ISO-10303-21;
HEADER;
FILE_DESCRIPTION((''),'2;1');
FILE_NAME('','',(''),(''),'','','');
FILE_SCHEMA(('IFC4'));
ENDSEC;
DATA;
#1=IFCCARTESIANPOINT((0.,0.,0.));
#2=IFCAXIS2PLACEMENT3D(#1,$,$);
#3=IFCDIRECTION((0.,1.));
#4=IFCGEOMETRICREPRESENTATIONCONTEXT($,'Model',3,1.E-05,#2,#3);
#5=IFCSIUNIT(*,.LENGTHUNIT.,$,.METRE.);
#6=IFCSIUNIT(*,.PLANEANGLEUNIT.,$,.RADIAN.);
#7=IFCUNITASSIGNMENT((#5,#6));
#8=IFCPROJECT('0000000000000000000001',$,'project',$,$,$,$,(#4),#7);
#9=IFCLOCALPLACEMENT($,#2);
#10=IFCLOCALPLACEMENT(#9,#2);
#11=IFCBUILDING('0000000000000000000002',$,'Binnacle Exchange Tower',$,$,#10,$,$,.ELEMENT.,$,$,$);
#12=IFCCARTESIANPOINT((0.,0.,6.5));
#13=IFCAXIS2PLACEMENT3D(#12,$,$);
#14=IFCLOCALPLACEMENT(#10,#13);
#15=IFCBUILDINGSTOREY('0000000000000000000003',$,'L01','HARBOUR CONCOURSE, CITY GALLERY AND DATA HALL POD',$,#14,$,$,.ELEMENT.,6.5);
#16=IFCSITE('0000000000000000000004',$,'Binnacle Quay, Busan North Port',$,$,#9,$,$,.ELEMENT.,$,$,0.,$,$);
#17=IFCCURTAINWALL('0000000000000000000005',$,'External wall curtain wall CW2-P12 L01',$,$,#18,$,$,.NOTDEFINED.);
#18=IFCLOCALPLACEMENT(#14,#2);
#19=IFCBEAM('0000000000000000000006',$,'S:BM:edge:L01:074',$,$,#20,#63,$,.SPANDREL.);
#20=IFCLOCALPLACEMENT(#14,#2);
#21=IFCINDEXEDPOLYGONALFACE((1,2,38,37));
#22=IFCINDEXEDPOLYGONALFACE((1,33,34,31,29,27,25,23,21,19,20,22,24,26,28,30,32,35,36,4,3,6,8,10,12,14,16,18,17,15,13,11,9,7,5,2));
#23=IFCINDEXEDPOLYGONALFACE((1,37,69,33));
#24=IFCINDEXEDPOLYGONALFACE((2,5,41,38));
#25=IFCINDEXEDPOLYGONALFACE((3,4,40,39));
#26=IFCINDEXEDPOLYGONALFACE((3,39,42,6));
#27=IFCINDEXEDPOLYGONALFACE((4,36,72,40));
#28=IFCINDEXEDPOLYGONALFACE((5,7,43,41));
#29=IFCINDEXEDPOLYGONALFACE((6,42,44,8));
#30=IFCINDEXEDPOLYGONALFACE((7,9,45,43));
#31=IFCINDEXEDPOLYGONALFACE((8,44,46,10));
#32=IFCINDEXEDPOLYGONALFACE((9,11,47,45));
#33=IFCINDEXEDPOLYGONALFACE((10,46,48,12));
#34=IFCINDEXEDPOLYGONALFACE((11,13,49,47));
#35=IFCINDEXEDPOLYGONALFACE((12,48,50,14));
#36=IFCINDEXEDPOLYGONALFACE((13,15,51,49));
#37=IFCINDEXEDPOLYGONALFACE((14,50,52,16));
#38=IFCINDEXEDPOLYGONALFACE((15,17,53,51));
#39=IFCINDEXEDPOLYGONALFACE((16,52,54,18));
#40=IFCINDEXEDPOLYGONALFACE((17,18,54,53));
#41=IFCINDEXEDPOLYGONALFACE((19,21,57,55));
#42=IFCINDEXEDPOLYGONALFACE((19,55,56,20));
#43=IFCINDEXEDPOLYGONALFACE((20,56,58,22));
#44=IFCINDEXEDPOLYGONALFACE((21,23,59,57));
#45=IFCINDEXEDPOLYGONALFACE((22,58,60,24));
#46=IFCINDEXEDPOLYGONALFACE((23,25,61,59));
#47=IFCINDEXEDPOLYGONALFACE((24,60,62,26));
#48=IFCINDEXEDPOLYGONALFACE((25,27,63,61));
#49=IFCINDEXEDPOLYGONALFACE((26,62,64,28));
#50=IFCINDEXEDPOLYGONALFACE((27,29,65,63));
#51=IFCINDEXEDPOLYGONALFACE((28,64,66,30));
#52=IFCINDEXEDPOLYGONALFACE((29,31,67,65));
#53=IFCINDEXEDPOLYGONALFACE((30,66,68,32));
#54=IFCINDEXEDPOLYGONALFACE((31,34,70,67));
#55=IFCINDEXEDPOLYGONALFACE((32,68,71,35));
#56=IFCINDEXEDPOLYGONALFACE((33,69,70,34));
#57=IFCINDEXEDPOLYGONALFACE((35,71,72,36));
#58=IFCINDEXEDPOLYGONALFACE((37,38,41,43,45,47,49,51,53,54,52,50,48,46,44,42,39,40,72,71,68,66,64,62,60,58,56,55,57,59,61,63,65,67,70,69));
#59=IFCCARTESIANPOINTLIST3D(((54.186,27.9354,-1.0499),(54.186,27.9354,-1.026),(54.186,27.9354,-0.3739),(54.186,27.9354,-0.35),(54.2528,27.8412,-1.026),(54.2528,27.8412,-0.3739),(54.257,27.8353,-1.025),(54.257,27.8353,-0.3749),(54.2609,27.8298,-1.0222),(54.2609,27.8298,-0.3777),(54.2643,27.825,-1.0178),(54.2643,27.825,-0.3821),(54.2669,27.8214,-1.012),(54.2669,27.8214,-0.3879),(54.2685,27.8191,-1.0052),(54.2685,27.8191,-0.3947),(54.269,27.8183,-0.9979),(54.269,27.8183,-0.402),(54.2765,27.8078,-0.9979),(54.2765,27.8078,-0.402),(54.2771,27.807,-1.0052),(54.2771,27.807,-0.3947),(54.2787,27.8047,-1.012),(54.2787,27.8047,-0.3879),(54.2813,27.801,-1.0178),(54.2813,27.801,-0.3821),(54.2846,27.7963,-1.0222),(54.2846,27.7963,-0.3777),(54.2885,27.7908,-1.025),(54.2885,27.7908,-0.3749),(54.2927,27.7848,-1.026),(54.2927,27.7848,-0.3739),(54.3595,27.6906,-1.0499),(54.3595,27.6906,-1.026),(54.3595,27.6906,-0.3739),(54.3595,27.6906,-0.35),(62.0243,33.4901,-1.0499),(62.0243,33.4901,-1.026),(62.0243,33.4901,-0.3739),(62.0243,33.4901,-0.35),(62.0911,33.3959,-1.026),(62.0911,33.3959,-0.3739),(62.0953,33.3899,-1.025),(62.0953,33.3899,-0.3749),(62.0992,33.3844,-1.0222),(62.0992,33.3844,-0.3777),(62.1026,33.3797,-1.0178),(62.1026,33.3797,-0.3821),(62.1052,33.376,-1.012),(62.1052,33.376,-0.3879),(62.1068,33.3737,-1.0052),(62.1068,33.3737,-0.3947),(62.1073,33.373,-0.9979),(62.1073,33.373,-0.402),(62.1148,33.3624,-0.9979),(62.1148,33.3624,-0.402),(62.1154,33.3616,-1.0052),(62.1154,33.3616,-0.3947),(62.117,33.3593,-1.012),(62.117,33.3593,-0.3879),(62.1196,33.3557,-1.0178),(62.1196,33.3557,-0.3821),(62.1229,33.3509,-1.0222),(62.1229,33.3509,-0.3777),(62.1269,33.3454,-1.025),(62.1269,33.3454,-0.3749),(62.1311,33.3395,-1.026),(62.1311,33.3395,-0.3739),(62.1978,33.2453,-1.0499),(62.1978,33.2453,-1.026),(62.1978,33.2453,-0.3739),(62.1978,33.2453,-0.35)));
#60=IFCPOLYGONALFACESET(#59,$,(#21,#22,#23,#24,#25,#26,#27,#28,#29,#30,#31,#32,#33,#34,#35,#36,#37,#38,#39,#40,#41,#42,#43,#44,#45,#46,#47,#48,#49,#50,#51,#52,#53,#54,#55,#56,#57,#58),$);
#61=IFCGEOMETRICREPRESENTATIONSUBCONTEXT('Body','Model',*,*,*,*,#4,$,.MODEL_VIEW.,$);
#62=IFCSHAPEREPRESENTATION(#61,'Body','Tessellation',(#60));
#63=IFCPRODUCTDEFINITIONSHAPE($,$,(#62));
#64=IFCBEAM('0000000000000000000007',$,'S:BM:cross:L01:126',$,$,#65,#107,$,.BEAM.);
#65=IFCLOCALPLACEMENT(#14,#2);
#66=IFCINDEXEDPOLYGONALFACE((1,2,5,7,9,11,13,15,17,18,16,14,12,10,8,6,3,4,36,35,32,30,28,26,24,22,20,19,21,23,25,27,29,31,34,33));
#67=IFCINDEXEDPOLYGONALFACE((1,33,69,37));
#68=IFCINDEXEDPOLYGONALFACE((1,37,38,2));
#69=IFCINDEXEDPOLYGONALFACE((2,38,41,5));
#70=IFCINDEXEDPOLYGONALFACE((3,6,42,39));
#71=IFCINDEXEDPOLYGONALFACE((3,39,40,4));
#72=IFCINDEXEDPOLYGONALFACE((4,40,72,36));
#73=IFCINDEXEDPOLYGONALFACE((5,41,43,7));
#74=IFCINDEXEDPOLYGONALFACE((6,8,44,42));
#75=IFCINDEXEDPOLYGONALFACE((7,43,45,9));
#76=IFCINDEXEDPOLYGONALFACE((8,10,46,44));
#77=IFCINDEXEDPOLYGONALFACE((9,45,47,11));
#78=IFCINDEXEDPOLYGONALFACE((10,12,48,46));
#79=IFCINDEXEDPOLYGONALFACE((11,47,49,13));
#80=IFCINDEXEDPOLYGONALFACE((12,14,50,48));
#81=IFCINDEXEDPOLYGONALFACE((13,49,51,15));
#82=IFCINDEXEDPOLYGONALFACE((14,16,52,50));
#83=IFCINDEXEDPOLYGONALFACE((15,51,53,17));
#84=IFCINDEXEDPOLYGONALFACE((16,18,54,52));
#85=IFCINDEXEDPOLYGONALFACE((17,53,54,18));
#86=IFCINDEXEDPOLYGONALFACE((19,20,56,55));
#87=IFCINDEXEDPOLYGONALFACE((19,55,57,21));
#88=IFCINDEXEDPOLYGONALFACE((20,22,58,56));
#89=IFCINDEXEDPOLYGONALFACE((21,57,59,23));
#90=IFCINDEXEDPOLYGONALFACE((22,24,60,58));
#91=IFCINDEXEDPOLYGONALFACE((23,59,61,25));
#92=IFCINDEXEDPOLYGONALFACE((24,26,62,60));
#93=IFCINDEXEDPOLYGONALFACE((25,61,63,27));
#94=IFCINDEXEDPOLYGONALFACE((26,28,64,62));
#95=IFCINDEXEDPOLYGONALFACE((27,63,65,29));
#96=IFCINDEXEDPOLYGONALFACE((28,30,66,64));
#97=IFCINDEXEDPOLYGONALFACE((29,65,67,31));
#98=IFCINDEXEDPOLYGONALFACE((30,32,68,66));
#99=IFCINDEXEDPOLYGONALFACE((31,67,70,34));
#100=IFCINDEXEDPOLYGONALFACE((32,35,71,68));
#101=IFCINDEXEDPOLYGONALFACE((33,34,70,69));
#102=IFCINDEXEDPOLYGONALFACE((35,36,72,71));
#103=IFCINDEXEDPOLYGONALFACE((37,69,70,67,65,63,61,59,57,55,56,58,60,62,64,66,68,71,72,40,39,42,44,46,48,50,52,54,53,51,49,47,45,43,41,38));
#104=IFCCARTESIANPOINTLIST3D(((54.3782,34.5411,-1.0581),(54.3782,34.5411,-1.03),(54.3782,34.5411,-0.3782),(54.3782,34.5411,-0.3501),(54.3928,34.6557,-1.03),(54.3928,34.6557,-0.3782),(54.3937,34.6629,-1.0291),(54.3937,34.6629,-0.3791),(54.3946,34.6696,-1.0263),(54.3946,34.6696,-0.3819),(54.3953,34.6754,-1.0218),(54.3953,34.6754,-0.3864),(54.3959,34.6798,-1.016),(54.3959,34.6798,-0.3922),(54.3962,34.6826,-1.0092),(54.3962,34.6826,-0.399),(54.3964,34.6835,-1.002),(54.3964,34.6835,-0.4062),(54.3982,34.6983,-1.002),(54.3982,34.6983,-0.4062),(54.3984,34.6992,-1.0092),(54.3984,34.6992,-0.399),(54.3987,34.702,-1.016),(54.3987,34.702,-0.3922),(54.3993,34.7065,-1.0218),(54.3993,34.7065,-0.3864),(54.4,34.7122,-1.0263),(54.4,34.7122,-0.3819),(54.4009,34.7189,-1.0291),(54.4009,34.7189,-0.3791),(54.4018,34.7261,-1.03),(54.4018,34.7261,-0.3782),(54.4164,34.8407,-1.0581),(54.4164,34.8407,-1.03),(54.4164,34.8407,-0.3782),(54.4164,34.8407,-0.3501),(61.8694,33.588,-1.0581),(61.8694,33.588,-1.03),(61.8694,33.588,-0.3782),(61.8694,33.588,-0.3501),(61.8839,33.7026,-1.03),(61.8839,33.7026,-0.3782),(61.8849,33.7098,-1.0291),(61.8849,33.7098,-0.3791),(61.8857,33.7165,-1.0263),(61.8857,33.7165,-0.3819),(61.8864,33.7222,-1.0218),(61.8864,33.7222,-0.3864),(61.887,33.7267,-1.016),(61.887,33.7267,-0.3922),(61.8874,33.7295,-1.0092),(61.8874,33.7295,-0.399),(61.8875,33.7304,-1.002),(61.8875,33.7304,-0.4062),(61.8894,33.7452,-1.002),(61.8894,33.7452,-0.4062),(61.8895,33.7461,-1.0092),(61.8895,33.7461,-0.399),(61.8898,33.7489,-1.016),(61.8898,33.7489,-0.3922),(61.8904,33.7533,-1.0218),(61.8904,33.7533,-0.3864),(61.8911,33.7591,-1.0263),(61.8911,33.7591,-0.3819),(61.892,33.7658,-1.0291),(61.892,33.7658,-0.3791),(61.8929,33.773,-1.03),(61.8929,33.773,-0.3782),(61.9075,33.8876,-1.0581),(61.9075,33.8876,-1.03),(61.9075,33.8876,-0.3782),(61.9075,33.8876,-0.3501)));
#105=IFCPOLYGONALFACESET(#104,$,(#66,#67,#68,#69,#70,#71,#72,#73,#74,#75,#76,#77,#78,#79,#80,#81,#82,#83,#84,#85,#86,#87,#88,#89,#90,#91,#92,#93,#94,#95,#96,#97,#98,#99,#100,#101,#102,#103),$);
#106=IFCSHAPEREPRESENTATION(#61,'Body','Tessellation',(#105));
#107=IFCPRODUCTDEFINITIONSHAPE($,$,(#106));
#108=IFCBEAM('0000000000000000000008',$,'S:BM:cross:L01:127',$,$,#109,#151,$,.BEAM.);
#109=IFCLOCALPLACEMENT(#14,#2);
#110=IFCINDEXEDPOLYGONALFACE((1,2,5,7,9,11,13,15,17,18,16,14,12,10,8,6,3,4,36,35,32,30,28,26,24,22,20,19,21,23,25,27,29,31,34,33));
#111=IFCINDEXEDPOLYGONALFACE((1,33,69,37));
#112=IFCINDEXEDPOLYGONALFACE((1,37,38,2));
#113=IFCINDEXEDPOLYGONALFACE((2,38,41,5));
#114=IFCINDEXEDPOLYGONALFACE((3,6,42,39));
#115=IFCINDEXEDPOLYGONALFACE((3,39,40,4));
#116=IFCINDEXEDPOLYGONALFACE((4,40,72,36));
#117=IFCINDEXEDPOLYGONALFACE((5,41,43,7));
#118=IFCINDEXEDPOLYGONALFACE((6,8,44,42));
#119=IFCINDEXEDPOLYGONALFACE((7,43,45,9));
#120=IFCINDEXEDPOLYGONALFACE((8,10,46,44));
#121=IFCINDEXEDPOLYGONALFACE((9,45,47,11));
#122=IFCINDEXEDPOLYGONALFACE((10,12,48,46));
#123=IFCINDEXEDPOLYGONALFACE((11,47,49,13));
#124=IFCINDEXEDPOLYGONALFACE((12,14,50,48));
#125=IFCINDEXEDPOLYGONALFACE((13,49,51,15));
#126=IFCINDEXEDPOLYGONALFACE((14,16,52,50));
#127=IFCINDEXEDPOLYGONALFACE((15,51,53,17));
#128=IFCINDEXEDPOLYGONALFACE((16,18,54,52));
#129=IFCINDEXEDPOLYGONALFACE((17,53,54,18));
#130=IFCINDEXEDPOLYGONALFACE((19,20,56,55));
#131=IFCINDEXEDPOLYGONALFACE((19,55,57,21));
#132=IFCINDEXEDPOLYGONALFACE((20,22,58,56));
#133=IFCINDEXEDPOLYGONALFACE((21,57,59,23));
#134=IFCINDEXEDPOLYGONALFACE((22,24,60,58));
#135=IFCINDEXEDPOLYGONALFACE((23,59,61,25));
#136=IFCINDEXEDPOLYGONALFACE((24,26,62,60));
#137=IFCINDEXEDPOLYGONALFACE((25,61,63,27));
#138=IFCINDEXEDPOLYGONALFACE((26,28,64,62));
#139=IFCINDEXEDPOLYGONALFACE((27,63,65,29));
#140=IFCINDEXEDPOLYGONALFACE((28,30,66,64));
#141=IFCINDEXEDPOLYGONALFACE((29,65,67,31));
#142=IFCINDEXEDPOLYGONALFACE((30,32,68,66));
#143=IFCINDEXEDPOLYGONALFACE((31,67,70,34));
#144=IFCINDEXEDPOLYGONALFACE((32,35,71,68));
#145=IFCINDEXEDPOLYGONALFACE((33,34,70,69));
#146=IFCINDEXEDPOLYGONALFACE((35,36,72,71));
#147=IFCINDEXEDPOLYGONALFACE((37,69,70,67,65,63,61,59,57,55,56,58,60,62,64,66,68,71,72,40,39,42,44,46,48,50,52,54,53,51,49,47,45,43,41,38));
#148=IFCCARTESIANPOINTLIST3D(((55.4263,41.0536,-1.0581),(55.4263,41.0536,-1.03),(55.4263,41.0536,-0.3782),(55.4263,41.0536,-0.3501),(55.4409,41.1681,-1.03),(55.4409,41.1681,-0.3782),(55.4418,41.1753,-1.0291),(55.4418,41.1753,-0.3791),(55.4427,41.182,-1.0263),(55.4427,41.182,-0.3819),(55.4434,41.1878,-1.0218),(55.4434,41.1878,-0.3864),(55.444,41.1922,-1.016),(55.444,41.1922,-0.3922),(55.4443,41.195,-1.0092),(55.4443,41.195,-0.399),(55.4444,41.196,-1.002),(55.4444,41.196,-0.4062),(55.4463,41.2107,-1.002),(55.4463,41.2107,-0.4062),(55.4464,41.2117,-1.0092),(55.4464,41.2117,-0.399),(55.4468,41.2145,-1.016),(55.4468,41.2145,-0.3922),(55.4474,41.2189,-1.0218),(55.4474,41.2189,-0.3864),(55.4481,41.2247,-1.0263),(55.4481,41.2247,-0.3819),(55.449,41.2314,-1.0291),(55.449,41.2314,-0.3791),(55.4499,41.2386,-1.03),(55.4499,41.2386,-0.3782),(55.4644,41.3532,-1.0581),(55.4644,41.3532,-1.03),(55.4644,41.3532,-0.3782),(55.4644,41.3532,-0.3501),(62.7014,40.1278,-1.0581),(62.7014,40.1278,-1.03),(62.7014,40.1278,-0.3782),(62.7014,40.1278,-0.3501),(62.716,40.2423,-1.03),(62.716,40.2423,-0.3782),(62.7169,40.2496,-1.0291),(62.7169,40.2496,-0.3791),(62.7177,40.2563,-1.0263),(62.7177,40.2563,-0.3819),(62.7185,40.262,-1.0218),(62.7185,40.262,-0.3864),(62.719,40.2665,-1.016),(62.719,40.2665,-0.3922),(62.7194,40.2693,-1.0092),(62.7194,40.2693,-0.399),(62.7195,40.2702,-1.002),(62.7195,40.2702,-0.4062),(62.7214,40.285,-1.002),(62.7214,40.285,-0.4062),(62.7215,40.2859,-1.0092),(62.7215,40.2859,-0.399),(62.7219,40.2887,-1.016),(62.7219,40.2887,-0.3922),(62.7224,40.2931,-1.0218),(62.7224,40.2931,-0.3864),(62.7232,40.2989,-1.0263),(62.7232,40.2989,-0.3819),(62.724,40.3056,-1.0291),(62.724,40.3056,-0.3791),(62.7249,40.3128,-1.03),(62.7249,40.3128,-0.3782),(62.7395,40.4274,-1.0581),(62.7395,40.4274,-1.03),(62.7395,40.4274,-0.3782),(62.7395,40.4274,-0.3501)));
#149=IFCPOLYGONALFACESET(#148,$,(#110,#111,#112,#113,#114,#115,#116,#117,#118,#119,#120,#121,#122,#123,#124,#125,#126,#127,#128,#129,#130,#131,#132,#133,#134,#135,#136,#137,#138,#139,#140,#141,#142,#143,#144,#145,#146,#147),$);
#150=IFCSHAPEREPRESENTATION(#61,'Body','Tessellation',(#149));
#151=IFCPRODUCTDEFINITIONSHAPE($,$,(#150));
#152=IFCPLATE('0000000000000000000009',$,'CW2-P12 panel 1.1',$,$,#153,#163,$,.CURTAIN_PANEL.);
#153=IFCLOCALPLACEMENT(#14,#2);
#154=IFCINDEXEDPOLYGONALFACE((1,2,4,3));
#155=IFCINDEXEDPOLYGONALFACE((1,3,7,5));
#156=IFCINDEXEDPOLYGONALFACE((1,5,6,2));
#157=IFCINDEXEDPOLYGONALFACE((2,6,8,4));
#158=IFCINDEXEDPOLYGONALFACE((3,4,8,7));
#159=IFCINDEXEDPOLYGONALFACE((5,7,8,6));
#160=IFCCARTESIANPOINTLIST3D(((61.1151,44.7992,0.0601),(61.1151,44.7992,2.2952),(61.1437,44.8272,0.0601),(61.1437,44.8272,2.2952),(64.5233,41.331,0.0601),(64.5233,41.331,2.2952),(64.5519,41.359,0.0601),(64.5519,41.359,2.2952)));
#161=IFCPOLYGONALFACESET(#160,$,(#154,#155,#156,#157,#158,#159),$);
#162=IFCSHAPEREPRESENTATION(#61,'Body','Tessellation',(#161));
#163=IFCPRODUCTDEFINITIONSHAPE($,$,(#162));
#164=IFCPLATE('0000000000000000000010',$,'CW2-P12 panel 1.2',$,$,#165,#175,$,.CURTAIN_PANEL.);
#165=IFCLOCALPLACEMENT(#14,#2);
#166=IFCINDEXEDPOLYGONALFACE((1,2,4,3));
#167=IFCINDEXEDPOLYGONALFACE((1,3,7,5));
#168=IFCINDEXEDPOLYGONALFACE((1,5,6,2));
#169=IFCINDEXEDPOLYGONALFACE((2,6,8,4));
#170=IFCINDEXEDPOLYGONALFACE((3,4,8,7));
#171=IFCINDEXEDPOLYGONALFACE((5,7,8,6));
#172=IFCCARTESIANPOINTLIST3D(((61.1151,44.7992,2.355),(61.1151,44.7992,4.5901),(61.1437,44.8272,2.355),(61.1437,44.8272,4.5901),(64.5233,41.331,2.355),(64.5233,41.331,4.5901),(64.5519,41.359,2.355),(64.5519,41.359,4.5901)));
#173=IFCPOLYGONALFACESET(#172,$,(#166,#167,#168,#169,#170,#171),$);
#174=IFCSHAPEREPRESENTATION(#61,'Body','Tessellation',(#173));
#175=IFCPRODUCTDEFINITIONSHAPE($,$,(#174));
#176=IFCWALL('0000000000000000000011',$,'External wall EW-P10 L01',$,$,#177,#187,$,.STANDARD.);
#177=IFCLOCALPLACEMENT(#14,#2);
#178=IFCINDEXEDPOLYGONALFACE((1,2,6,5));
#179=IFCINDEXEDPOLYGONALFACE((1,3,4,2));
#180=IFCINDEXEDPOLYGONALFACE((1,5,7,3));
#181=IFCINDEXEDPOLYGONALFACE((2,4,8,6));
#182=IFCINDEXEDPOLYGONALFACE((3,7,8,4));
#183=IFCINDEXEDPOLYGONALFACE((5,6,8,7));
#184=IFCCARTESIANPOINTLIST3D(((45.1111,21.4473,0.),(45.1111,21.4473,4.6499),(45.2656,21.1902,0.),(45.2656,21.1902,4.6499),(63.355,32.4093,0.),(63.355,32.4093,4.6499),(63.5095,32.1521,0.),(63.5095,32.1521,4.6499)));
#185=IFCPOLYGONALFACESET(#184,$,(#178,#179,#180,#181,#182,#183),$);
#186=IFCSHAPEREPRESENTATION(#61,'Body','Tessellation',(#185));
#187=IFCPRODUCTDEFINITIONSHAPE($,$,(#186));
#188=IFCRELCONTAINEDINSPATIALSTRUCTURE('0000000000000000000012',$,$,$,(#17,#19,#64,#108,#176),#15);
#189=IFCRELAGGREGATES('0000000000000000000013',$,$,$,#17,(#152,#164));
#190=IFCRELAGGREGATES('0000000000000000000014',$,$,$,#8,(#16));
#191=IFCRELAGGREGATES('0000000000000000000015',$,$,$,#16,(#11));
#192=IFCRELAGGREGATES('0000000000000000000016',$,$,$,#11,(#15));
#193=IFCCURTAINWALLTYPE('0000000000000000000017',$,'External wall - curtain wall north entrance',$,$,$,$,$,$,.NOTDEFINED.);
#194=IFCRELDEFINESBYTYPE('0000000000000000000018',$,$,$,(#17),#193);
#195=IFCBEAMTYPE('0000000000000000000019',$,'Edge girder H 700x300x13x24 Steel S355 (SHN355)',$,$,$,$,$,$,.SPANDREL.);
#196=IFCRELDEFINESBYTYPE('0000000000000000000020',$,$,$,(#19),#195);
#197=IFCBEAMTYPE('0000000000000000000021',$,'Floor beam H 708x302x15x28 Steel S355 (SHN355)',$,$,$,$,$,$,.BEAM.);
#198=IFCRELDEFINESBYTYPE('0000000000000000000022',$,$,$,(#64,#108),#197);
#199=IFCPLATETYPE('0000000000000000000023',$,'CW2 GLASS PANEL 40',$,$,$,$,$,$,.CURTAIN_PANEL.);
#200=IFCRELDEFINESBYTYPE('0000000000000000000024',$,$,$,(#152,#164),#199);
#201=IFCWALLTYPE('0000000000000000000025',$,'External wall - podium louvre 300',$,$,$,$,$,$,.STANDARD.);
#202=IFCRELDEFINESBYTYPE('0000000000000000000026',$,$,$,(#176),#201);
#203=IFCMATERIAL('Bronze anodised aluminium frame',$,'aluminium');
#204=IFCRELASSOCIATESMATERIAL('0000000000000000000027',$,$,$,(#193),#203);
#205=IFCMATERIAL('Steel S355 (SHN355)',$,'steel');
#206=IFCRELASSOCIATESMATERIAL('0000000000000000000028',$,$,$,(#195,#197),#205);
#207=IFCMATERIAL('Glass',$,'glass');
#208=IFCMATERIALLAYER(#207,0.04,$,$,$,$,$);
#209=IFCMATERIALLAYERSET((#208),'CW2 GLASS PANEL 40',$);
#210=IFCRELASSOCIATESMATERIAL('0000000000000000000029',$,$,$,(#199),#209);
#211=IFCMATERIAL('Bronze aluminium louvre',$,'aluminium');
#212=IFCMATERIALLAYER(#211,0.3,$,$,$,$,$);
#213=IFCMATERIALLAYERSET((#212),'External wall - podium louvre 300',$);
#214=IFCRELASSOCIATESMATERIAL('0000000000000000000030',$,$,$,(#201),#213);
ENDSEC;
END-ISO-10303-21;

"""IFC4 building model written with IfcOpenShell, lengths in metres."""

from ifc_helpers import new_model, si_unit, direction, frame, frame_2d, origin, origin_2d, place, context, subcontext, project, spatial, rectangle, i_section, extrude, material, layer, layer_set, material_profile, profile_set, type_object, element, aggregate, save


model = new_model("IFC4")

# Units and contexts
model_context = context("Model", 3, precision=1e-05, world=origin(), true_north=direction((0.0, 1.0)))
body_context = subcontext(model_context, "Body", "Model", "MODEL_VIEW")
ifc_project = project(units=[si_unit("LENGTHUNIT", "METRE"), si_unit("PLANEANGLEUNIT", "RADIAN")], contexts=[model_context])

# Site, building, storey
site_placement = place(None, origin())
site = spatial("IfcSite", under=ifc_project, at=site_placement, Name="Binnacle Quay, Busan North Port", CompositionType="ELEMENT", RefElevation=0.0)
building_placement = place(site_placement, origin())
building = spatial("IfcBuilding", under=site, at=building_placement, Name="Binnacle Exchange Tower", CompositionType="ELEMENT")
storey_placement = place(building_placement, frame((0.0, 0.0, 6.5)))
storey = spatial("IfcBuildingStorey", under=building, at=storey_placement, Name="L01", Description="HARBOUR CONCOURSE, CITY GALLERY AND DATA HALL POD", CompositionType="ELEMENT", Elevation=6.5)

# Curtain wall
ifc_material_1 = material(Name="Bronze anodised aluminium frame", Category="aluminium")
curtain_wall_type = type_object("IfcCurtainWallType", Name="External wall - curtain wall north entrance", PredefinedType="NOTDEFINED", material=ifc_material_1)
curtain_wall_placement = place(storey_placement, origin())
curtain_wall = element("IfcCurtainWall", 1, at=curtain_wall_placement, inside=storey, type_object=curtain_wall_type, Name="External wall curtain wall CW2-P12 L01", PredefinedType="NOTDEFINED")

# Beams
ifc_material_2 = material(Name="Steel S355 (SHN355)", Category="steel")
ifc_material_profile_1 = material_profile(ifc_material_2, i_section(OverallWidth=0.3, OverallDepth=0.7, WebThickness=0.0129, FlangeThickness=0.0239, FilletRadius=0.0281, at=origin_2d()), Name="H 700x300x13x24")
ifc_profile_set_1 = profile_set([ifc_material_profile_1], Name="Steel S355 (SHN355)")
beam_type_1 = type_object("IfcBeamType", Name="Edge girder H 700x300x13x24 Steel S355 (SHN355)", PredefinedType="SPANDREL", material=ifc_profile_set_1)
beam_1_placement = place(storey_placement, frame((62.1111, 33.3677, -0.7), z_axis=(-0.815902, -0.578191, 0.0), x_axis=(0.578191, -0.815902, 0.0)))
element("IfcBeam", 2, at=beam_1_placement, inside=storey, type_object=beam_type_1, Name="S:BM:edge:L01:074", PredefinedType="SPANDREL", context=body_context, shape_type="SweptSolid", body=[
    extrude(i_section(OverallWidth=0.3, OverallDepth=0.7, WebThickness=0.0129, FlangeThickness=0.0239, FilletRadius=0.0281, at=origin_2d()), origin(), (0.0, 0.0, 1.0), 9.6069),
])
ifc_material_profile_2 = material_profile(ifc_material_2, i_section(OverallWidth=0.302, OverallDepth=0.708, WebThickness=0.0149, FlangeThickness=0.0281, FilletRadius=0.0281, at=origin_2d()), Name="H 708x302x15x28")
ifc_profile_set_2 = profile_set([ifc_material_profile_2], Name="Steel S355 (SHN355)")
beam_type_2 = type_object("IfcBeamType", Name="Floor beam H 708x302x15x28 Steel S355 (SHN355)", PredefinedType="BEAM", material=ifc_profile_set_2)
beam_2_placement = place(storey_placement, frame((61.8884, 33.7378, -0.7041), z_axis=(-0.992003, 0.126215, 0.0), x_axis=(-0.126215, -0.992003, 0.0)))
element("IfcBeam", 3, at=beam_2_placement, inside=storey, type_object=beam_type_2, Name="S:BM:cross:L01:126", PredefinedType="BEAM", context=body_context, shape_type="SweptSolid", body=[
    extrude(i_section(OverallWidth=0.302, OverallDepth=0.708, WebThickness=0.0149, FlangeThickness=0.0281, FilletRadius=0.0281, at=origin_2d()), origin(), (0.0, 0.0, 1.0), 7.5515),
])
beam_3_placement = place(storey_placement, frame((62.7205, 40.2776, -0.7041), z_axis=(-0.992, 0.126235, 0.0), x_axis=(-0.126235, -0.992, 0.0)))
element("IfcBeam", 4, at=beam_3_placement, inside=storey, type_object=beam_type_2, Name="S:BM:cross:L01:127", PredefinedType="BEAM", context=body_context, shape_type="SweptSolid", body=[
    extrude(i_section(OverallWidth=0.302, OverallDepth=0.708, WebThickness=0.0149, FlangeThickness=0.0281, FilletRadius=0.0281, at=origin_2d()), origin(), (0.0, 0.0, 1.0), 7.3337),
])

# Plates
ifc_material_3 = material(Name="Glass", Category="glass")
ifc_layer_1 = layer(ifc_material_3, 0.04)
ifc_layer_set_1 = layer_set([ifc_layer_1], Name="CW2 GLASS PANEL 40")
plate_type = type_object("IfcPlateType", Name="CW2 GLASS PANEL 40", PredefinedType="CURTAIN_PANEL", material=ifc_layer_set_1)
plate_1_placement = place(storey_placement, frame((62.8335, 43.0791, 0.0601), z_axis=(0.0, 0.0, 1.0), x_axis=(-0.700909, 0.71325, 0.0)))
plate_1 = element("IfcPlate", 5, at=plate_1_placement, type_object=plate_type, Name="CW2-P12 panel 1.1", PredefinedType="CURTAIN_PANEL", context=body_context, shape_type="SweptSolid", body=[
    extrude(rectangle(XDim=4.8625, YDim=0.04, at=origin_2d()), origin(), (0.0, 0.0, 1.0), 2.2351),
])
plate_2_placement = place(storey_placement, frame((62.8335, 43.0791, 2.355), z_axis=(0.0, 0.0, 1.0), x_axis=(-0.700909, 0.71325, 0.0)))
plate_2 = element("IfcPlate", 6, at=plate_2_placement, type_object=plate_type, Name="CW2-P12 panel 1.2", PredefinedType="CURTAIN_PANEL", context=body_context, shape_type="SweptSolid", body=[
    extrude(rectangle(XDim=4.8625, YDim=0.04, at=origin_2d()), origin(), (0.0, 0.0, 1.0), 2.2351),
])
aggregate(curtain_wall, [plate_1, plate_2])

# Wall
ifc_material_4 = material(Name="Bronze aluminium louvre", Category="aluminium")
ifc_layer_2 = layer(ifc_material_4, 0.3)
ifc_layer_set_2 = layer_set([ifc_layer_2], Name="External wall - podium louvre 300")
wall_type_1 = type_object("IfcWallType", Name="External wall - podium louvre 300", PredefinedType="STANDARD", material=ifc_layer_set_2)
wall_1_placement = place(storey_placement, frame((63.4324, 32.2808, 0.0), z_axis=(0.0, 0.0, 1.0), x_axis=(-0.85717, -0.515034, 0.0)))
element("IfcWall", 7, at=wall_1_placement, inside=storey, type_object=wall_type_1, Name="External wall EW-P10 L01", PredefinedType="STANDARD", context=body_context, shape_type="SweptSolid", body=[
    extrude(rectangle(XDim=21.2839, YDim=0.3, at=frame_2d((10.6421, 0.0))), origin(), (0.0, 0.0, 1.0), 4.6499),
])

save(model, "model.ifc")
